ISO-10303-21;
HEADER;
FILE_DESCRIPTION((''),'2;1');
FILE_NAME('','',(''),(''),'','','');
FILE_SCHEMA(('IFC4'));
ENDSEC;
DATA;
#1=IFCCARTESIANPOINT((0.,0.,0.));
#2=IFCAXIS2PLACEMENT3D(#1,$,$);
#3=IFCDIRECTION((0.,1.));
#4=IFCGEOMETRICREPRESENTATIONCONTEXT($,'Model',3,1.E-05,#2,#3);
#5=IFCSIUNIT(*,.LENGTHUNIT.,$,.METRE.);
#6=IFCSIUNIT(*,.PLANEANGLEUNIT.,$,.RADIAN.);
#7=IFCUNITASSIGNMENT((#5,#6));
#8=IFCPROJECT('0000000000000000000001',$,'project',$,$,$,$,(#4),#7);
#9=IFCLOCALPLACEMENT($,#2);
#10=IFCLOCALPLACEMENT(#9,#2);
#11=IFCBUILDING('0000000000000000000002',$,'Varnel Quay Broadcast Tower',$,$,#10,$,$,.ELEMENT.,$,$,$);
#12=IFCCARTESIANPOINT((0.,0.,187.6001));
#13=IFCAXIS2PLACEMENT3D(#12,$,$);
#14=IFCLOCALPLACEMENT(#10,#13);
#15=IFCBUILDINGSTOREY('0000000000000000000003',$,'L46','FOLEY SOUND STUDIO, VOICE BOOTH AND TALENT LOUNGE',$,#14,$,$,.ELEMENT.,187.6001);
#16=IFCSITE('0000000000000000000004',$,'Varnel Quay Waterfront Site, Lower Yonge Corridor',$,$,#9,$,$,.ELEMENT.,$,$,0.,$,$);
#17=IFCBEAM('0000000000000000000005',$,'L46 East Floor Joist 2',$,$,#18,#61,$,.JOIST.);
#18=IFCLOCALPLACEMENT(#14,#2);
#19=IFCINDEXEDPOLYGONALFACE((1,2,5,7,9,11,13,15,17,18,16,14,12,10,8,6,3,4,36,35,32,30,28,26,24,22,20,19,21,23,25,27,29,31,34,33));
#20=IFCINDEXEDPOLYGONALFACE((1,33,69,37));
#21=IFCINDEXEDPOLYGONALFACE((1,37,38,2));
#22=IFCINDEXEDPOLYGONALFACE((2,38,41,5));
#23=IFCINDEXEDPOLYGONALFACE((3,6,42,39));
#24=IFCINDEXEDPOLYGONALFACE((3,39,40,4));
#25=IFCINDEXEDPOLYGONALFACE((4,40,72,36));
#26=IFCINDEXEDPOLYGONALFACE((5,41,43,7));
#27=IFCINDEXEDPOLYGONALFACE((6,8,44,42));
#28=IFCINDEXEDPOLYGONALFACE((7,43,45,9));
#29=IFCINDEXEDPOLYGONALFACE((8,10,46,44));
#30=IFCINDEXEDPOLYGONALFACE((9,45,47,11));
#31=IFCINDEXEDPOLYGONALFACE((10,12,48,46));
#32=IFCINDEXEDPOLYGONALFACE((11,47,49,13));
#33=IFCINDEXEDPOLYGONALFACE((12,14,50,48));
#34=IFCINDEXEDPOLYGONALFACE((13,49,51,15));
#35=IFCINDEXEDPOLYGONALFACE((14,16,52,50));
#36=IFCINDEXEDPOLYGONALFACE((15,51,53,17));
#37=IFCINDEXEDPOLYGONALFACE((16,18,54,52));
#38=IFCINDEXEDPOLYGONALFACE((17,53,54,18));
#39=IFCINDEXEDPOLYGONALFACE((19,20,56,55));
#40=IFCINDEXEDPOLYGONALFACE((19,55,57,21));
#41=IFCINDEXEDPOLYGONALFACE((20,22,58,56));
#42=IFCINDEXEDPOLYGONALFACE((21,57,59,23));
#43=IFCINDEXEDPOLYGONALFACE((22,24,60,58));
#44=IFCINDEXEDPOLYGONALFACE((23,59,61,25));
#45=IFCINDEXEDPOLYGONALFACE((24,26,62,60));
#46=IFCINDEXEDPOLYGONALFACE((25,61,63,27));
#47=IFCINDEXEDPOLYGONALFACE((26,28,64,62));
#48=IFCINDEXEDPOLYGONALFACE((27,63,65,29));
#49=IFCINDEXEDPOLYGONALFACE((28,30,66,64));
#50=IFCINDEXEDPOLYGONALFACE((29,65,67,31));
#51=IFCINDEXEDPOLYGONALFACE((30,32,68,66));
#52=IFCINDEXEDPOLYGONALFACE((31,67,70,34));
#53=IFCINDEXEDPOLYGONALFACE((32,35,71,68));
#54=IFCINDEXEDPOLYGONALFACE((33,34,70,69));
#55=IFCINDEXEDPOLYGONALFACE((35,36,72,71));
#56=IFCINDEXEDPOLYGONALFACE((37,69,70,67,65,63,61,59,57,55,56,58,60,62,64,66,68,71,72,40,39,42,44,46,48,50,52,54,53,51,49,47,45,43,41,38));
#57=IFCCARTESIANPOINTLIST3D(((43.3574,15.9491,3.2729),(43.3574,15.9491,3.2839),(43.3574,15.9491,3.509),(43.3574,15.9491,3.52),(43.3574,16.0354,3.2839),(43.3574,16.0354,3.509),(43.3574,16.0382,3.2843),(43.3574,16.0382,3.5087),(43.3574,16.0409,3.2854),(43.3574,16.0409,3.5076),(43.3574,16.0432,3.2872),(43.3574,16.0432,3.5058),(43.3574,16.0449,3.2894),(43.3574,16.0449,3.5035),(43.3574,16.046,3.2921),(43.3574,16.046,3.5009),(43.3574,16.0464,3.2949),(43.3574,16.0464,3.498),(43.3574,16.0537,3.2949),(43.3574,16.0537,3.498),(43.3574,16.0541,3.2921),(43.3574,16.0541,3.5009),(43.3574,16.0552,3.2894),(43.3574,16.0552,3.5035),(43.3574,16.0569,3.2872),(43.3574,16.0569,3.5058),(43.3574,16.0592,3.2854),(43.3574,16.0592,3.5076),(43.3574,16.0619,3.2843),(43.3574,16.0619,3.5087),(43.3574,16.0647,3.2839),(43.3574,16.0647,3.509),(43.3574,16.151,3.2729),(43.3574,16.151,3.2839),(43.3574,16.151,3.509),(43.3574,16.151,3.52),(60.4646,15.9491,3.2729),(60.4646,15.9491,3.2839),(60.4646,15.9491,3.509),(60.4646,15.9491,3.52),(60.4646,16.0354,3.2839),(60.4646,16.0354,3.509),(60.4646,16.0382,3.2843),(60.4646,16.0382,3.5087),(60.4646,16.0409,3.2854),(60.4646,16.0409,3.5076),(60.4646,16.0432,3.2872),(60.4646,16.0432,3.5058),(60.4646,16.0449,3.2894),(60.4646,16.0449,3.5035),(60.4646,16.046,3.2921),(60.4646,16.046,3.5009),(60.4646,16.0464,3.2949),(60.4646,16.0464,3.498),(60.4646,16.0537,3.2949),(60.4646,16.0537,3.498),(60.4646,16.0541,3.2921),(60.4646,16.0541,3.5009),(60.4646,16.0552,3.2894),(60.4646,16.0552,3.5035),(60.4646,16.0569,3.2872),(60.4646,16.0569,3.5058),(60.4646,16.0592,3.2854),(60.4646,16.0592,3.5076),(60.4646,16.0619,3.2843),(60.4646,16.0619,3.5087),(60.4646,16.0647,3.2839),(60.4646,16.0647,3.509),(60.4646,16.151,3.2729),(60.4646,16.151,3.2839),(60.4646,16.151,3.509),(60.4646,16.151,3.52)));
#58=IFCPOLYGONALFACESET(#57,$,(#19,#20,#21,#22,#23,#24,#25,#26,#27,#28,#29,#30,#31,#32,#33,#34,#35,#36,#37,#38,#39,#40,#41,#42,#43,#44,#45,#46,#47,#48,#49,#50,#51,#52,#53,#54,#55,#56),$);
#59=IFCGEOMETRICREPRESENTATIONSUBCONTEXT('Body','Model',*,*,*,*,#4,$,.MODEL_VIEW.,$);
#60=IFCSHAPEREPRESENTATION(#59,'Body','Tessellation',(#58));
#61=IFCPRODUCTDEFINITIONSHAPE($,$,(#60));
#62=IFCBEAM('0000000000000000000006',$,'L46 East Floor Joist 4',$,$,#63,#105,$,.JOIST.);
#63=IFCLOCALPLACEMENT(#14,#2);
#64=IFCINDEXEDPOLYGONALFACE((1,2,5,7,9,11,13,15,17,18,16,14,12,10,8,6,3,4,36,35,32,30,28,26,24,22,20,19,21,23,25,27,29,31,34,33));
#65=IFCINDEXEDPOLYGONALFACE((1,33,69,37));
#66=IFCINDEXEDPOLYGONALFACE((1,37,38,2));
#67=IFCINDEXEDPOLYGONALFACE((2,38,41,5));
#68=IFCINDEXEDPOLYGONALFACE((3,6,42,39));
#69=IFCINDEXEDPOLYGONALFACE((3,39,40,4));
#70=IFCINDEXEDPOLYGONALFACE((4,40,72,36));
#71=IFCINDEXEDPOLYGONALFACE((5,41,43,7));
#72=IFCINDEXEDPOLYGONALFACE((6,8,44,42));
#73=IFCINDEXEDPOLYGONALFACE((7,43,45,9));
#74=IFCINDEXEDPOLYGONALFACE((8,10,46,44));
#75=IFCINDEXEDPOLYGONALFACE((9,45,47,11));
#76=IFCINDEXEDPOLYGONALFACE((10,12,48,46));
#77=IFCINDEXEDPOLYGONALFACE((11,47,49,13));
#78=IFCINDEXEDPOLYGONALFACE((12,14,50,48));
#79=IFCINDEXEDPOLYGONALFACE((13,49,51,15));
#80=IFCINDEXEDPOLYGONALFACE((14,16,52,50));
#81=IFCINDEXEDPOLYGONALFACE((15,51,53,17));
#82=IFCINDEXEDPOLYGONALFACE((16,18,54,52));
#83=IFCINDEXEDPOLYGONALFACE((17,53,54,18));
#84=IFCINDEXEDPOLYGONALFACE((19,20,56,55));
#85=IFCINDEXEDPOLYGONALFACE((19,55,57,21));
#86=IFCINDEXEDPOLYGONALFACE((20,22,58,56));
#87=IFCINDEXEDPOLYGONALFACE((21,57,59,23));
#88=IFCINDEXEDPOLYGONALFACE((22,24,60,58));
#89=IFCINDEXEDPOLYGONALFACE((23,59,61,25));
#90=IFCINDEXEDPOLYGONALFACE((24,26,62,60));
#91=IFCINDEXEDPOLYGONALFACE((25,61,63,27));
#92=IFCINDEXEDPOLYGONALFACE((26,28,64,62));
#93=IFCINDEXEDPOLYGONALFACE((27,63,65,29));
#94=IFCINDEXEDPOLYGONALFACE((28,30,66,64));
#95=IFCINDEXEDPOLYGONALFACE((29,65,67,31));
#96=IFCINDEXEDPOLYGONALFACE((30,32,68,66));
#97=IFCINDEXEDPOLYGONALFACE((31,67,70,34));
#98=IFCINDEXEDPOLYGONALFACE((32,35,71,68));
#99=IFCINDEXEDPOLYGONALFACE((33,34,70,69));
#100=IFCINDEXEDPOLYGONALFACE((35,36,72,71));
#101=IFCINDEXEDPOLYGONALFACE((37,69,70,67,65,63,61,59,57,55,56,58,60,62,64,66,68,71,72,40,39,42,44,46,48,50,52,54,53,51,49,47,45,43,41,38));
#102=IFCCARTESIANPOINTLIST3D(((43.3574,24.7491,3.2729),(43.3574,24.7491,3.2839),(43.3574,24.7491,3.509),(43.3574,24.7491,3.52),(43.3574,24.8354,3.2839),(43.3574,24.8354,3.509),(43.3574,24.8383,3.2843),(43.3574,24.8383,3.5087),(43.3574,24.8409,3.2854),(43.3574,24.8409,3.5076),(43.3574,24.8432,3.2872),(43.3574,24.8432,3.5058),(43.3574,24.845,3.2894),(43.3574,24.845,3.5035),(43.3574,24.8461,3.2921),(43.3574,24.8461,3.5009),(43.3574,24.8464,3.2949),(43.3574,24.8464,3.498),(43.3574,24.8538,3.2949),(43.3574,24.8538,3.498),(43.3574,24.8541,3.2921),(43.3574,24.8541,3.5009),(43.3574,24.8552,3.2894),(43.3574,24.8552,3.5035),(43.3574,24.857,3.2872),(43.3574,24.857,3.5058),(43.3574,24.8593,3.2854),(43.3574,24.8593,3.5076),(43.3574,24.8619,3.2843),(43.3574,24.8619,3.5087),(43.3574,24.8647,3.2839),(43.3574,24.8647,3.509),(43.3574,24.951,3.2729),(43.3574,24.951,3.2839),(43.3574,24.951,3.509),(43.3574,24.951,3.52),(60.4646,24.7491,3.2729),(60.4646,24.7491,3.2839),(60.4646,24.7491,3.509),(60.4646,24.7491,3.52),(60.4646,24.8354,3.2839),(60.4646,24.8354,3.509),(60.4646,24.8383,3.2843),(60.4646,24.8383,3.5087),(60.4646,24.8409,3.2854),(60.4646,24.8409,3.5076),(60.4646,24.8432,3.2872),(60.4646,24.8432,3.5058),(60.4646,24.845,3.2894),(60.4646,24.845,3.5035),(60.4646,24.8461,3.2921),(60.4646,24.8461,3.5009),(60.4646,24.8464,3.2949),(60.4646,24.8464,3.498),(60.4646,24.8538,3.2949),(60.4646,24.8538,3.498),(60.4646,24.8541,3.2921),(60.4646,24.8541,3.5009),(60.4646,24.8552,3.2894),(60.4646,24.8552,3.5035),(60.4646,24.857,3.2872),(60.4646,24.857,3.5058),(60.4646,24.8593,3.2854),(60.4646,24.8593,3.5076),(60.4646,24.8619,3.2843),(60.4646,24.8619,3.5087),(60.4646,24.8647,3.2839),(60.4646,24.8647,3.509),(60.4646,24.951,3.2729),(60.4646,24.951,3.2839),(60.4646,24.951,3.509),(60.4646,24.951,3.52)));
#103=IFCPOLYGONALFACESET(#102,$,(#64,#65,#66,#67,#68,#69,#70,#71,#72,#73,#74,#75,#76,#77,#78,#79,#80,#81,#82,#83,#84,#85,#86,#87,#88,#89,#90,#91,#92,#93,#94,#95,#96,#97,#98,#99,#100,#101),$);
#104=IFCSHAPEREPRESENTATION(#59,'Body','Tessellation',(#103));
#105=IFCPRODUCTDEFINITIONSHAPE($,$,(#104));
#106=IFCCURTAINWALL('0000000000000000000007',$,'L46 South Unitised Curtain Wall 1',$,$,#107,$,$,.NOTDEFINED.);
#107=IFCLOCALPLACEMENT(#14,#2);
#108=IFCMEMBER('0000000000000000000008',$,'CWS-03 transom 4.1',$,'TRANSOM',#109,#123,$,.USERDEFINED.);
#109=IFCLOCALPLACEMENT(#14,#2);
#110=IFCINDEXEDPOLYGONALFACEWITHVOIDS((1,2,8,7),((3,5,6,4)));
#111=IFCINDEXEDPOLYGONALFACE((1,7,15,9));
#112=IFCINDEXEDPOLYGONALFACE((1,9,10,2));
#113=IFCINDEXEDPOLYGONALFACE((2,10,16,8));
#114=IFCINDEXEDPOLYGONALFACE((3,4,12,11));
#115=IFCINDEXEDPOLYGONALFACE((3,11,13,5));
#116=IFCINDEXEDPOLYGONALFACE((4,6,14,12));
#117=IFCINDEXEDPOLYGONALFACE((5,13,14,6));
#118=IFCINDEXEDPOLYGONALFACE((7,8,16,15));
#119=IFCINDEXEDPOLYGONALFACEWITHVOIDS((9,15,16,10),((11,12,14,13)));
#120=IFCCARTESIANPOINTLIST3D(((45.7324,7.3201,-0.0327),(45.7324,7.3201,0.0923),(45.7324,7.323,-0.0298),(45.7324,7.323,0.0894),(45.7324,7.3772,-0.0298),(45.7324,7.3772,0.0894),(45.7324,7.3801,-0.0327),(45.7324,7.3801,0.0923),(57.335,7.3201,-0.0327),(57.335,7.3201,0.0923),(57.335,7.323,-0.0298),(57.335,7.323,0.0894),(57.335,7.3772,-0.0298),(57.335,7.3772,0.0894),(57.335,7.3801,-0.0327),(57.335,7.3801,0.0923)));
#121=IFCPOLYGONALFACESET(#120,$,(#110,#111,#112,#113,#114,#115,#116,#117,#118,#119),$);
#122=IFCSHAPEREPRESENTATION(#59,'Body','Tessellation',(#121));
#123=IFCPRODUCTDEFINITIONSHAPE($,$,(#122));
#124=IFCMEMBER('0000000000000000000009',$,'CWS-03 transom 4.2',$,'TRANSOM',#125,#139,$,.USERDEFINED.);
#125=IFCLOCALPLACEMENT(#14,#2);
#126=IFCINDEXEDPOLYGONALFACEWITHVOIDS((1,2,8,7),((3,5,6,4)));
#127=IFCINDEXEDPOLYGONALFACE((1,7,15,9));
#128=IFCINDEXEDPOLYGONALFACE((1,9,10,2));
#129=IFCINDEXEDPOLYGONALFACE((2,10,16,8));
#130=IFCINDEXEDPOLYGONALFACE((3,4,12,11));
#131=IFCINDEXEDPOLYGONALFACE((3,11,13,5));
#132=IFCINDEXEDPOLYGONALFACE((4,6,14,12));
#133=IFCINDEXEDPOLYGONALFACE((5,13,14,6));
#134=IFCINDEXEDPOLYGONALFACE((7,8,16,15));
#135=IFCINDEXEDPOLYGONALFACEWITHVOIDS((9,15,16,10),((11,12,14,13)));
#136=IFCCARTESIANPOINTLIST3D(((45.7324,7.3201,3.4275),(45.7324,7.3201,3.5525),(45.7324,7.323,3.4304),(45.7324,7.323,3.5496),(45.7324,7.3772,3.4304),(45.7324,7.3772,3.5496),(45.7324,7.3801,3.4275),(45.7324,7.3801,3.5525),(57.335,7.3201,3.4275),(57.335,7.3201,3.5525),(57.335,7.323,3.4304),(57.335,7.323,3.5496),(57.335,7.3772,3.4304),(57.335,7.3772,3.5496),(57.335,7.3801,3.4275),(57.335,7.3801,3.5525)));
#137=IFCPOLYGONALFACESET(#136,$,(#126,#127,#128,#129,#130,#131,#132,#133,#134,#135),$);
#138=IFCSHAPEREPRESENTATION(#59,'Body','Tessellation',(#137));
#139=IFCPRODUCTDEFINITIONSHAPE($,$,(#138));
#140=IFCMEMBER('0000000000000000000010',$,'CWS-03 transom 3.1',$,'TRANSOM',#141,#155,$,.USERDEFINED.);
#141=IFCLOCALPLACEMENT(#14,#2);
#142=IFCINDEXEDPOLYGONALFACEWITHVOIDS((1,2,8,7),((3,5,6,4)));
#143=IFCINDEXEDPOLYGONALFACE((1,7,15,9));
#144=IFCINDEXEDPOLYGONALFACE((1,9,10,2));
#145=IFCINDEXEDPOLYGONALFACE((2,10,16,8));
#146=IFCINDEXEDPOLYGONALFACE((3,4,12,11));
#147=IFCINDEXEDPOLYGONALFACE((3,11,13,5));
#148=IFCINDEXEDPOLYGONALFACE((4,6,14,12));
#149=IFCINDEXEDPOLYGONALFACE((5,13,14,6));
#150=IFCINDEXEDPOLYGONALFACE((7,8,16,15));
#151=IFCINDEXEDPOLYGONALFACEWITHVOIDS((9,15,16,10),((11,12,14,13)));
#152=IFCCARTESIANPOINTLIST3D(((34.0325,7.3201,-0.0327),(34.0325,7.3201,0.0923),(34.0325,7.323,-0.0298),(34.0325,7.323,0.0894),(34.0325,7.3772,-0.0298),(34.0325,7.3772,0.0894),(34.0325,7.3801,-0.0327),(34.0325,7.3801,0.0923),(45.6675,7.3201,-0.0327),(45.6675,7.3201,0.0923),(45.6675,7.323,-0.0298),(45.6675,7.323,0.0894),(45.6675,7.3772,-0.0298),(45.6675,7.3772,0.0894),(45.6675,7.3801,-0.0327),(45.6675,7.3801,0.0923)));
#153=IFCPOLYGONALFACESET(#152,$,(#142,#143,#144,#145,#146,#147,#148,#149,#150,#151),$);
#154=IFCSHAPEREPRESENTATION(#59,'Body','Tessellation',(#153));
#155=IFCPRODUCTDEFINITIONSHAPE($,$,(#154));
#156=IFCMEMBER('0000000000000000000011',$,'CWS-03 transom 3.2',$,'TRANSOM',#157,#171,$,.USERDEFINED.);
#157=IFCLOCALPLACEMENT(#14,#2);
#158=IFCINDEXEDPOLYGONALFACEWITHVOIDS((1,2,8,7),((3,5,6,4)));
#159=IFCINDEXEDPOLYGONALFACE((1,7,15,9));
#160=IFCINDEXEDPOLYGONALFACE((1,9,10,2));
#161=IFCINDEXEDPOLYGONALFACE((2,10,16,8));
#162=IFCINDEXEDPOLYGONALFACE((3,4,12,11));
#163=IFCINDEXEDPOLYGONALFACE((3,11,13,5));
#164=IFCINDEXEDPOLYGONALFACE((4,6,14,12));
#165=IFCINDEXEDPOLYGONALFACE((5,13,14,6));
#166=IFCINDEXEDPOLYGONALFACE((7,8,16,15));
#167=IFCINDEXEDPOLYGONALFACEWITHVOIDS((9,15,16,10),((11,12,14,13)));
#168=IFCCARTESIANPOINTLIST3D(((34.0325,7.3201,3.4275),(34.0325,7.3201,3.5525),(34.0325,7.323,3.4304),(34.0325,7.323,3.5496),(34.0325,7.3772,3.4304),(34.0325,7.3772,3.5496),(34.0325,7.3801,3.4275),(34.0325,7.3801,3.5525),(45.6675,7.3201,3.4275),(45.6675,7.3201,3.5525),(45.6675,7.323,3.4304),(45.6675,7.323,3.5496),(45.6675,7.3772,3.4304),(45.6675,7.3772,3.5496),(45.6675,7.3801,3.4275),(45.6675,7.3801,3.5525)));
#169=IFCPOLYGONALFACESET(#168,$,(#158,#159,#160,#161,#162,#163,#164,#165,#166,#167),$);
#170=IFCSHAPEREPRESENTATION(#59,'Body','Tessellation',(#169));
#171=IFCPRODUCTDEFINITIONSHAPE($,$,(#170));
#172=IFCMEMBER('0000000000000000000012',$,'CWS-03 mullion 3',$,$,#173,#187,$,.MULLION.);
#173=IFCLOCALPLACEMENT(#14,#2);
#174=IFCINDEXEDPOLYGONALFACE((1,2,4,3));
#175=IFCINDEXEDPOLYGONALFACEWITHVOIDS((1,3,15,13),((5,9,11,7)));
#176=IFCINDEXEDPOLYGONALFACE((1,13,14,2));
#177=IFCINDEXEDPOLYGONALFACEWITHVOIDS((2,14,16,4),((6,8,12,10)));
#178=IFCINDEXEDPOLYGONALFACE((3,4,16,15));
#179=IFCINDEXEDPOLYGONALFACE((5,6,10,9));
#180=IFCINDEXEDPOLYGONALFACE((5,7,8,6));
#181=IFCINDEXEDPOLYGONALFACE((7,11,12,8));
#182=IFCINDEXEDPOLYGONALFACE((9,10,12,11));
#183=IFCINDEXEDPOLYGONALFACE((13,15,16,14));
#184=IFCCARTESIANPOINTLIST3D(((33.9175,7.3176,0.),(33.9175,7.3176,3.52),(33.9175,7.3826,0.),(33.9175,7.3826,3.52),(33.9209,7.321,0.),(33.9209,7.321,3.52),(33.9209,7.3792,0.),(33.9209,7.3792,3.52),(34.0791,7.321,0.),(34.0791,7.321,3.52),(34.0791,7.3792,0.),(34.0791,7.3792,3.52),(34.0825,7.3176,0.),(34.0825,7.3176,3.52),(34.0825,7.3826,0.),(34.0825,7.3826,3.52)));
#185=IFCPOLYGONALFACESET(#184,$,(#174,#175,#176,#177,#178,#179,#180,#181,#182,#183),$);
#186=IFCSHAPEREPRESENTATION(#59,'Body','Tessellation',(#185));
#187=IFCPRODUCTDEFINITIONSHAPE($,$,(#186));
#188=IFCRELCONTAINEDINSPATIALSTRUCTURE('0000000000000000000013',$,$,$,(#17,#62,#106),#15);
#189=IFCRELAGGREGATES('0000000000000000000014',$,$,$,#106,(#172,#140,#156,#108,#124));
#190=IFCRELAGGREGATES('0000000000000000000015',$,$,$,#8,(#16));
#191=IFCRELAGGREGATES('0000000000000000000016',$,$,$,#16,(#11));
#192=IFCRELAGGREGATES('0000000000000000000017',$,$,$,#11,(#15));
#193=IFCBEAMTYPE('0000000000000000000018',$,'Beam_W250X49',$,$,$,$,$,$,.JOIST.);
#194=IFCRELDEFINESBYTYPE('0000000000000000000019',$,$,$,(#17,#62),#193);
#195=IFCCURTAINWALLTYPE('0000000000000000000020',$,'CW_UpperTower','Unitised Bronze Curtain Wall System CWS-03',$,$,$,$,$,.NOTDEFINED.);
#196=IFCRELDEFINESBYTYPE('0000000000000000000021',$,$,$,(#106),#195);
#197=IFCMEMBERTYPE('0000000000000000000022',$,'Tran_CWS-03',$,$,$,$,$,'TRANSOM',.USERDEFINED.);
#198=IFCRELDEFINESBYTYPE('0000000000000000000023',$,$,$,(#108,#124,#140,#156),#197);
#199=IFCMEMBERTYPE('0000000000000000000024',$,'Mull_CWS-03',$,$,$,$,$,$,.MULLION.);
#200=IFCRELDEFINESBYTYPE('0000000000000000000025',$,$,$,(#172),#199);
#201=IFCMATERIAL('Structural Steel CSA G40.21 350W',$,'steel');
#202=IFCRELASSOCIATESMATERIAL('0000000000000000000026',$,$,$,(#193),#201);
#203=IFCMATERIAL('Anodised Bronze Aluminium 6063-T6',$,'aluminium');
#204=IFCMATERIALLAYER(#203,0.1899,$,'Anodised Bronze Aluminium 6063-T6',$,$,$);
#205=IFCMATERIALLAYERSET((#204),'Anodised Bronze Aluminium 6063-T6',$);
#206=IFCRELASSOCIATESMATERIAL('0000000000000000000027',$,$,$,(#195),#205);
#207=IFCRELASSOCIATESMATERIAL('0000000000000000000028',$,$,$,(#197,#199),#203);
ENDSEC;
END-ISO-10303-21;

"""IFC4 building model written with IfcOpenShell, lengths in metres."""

from ifc_helpers import new_model, si_unit, direction, frame, origin, origin_2d, place, context, subcontext, project, spatial, hollow_rectangle, i_section, extrude, source, transform, mapped, material, layer, layer_set, material_profile, profile_set, type_object, type_shapes, element, aggregate, save


model = new_model("IFC4")

# Units and contexts
model_context = context("Model", 3, precision=1e-05, world=origin(), true_north=direction((0.0, 1.0)))
body_context = subcontext(model_context, "Body", "Model", "MODEL_VIEW")
ifc_project = project(units=[si_unit("LENGTHUNIT", "METRE"), si_unit("PLANEANGLEUNIT", "RADIAN")], contexts=[model_context])

# Site, building, storey
site_placement = place(None, origin())
site = spatial("IfcSite", under=ifc_project, at=site_placement, Name="Varnel Quay Waterfront Site, Lower Yonge Corridor", CompositionType="ELEMENT", RefElevation=0.0)
building_placement = place(site_placement, origin())
building = spatial("IfcBuilding", under=site, at=building_placement, Name="Varnel Quay Broadcast Tower", CompositionType="ELEMENT")
storey_placement = place(building_placement, frame((0.0, 0.0, 187.6001)))
storey = spatial("IfcBuildingStorey", under=building, at=storey_placement, Name="L46", Description="FOLEY SOUND STUDIO, VOICE BOOTH AND TALENT LOUNGE", CompositionType="ELEMENT", Elevation=187.6001)

# Shared definitions
ifc_material_1 = material(Name="Structural Steel CSA G40.21 350W", Category="steel")

# Beams
ifc_material_profile_1 = material_profile(ifc_material_1, i_section(OverallWidth=0.2019, OverallDepth=0.2471, WebThickness=0.0073, FlangeThickness=0.011, FilletRadius=0.011, at=origin_2d()), Name="W250X49")
ifc_profile_set_1 = profile_set([ifc_material_profile_1], Name="Structural Steel CSA G40.21 350W")
beam_type_1 = type_object("IfcBeamType", Name="Beam_W250X49", PredefinedType="JOIST", material=ifc_profile_set_1)
shared_shape_1 = source(origin(), body_context, "Body", "SweptSolid", [
    extrude(i_section(OverallWidth=0.2019, OverallDepth=0.2471, WebThickness=0.0073, FlangeThickness=0.011, FilletRadius=0.011, at=origin_2d()), origin(), (0.0, 0.0, 1.0), 17.1072),
])
type_shapes(beam_type_1, [shared_shape_1])
for number, where, z_axis, x_axis, name in (
    (1, (43.3574, 16.05, 3.3965), (1.0, 0.0, 0.0), (0.0, 1.0, 0.0), "L46 East Floor Joist 2"),
    (2, (43.3574, 24.8501, 3.3965), (1.0, 0.0, 0.0), (0.0, 1.0, 0.0), "L46 East Floor Joist 4"),
):
    element("IfcBeam", number, at=place(storey_placement, frame(where, z_axis=z_axis, x_axis=x_axis)), inside=storey, type_object=beam_type_1, Name=name, PredefinedType="JOIST", context=body_context, shape_type="MappedRepresentation", body=[
        mapped(shared_shape_1, transform((0.0, 0.0, 0.0), x_axis=(1.0, 0.0, 0.0), y_axis=(0.0, 1.0, 0.0), z_axis=(0.0, 0.0, 1.0), scale=1.0)),
    ])

# Curtain wall, members
ifc_material_2 = material(Name="Anodised Bronze Aluminium 6063-T6", Category="aluminium")
ifc_layer_1 = layer(ifc_material_2, 0.1899, Name="Anodised Bronze Aluminium 6063-T6")
ifc_layer_set_1 = layer_set([ifc_layer_1], Name="Anodised Bronze Aluminium 6063-T6")
curtain_wall_type = type_object("IfcCurtainWallType", Name="CW_UpperTower", Description="Unitised Bronze Curtain Wall System CWS-03", PredefinedType="NOTDEFINED", material=ifc_layer_set_1)
curtain_wall_placement = place(storey_placement, origin())
curtain_wall = element("IfcCurtainWall", 3, at=curtain_wall_placement, inside=storey, type_object=curtain_wall_type, Name="L46 South Unitised Curtain Wall 1", PredefinedType="NOTDEFINED")
ifc_material_profile_2 = material_profile(ifc_material_2, hollow_rectangle(XDim=0.0601, YDim=0.125, WallThickness=0.0029, at=origin_2d()), Name="ALU60X125X3")
ifc_profile_set_2 = profile_set([ifc_material_profile_2], Name="Anodised Bronze Aluminium 6063-T6")
member_type_1 = type_object("IfcMemberType", Name="Tran_CWS-03", ElementType="TRANSOM", PredefinedType="USERDEFINED", material=ifc_profile_set_2)
shared_shape_2 = source(origin(), body_context, "Body", "SweptSolid", [
    extrude(hollow_rectangle(XDim=0.0601, YDim=0.125, WallThickness=0.0029, at=origin_2d()), origin(), (0.0, 0.0, 1.0), 11.6025),
])
member_1_placement = place(storey_placement, frame((45.7324, 7.3501, 0.0298), z_axis=(1.0, 0.0, 0.0), x_axis=(0.0, 1.0, 0.0)))
member_1 = element("IfcMember", 4, at=member_1_placement, type_object=member_type_1, Name="CWS-03 transom 4.1", ObjectType="TRANSOM", PredefinedType="USERDEFINED", context=body_context, shape_type="MappedRepresentation", body=[
    mapped(shared_shape_2, transform((0.0, 0.0, 0.0), x_axis=(1.0, 0.0, 0.0), y_axis=(0.0, 1.0, 0.0), z_axis=(0.0, 0.0, 1.0), scale=1.0)),
])
member_2_placement = place(storey_placement, frame((45.7324, 7.3501, 3.49), z_axis=(1.0, 0.0, 0.0), x_axis=(0.0, 1.0, 0.0)))
member_2 = element("IfcMember", 5, at=member_2_placement, type_object=member_type_1, Name="CWS-03 transom 4.2", ObjectType="TRANSOM", PredefinedType="USERDEFINED", context=body_context, shape_type="MappedRepresentation", body=[
    mapped(shared_shape_2, transform((0.0, 0.0, 0.0), x_axis=(1.0, 0.0, 0.0), y_axis=(0.0, 1.0, 0.0), z_axis=(0.0, 0.0, 1.0), scale=1.0)),
])
shared_shape_3 = source(origin(), body_context, "Body", "SweptSolid", [
    extrude(hollow_rectangle(XDim=0.0601, YDim=0.125, WallThickness=0.0029, at=origin_2d()), origin(), (0.0, 0.0, 1.0), 11.635),
])
type_shapes(member_type_1, [shared_shape_2, shared_shape_3])
member_3_placement = place(storey_placement, frame((34.0325, 7.3501, 0.0298), z_axis=(1.0, 0.0, 0.0), x_axis=(0.0, 1.0, 0.0)))
member_3 = element("IfcMember", 6, at=member_3_placement, type_object=member_type_1, Name="CWS-03 transom 3.1", ObjectType="TRANSOM", PredefinedType="USERDEFINED", context=body_context, shape_type="MappedRepresentation", body=[
    mapped(shared_shape_3, transform((0.0, 0.0, 0.0), x_axis=(1.0, 0.0, 0.0), y_axis=(0.0, 1.0, 0.0), z_axis=(0.0, 0.0, 1.0), scale=1.0)),
])
member_4_placement = place(storey_placement, frame((34.0325, 7.3501, 3.49), z_axis=(1.0, 0.0, 0.0), x_axis=(0.0, 1.0, 0.0)))
member_4 = element("IfcMember", 7, at=member_4_placement, type_object=member_type_1, Name="CWS-03 transom 3.2", ObjectType="TRANSOM", PredefinedType="USERDEFINED", context=body_context, shape_type="MappedRepresentation", body=[
    mapped(shared_shape_3, transform((0.0, 0.0, 0.0), x_axis=(1.0, 0.0, 0.0), y_axis=(0.0, 1.0, 0.0), z_axis=(0.0, 0.0, 1.0), scale=1.0)),
])
ifc_material_profile_3 = material_profile(ifc_material_2, hollow_rectangle(XDim=0.0649, YDim=0.165, WallThickness=0.0034, at=origin_2d()), Name="ALU65X165X3.5")
ifc_profile_set_3 = profile_set([ifc_material_profile_3], Name="Anodised Bronze Aluminium 6063-T6")
member_type_2 = type_object("IfcMemberType", Name="Mull_CWS-03", PredefinedType="MULLION", material=ifc_profile_set_3)
shared_shape_4 = source(origin(), body_context, "Body", "SweptSolid", [
    extrude(hollow_rectangle(XDim=0.0649, YDim=0.165, WallThickness=0.0034, at=origin_2d()), origin(), (0.0, 0.0, 1.0), 3.52),
])
type_shapes(member_type_2, [shared_shape_4])
member_5_placement = place(storey_placement, frame((34.0, 7.3501, 0.0), z_axis=(0.0, 0.0, 1.0), x_axis=(0.0, 1.0, 0.0)))
member_5 = element("IfcMember", 8, at=member_5_placement, type_object=member_type_2, Name="CWS-03 mullion 3", PredefinedType="MULLION", context=body_context, shape_type="MappedRepresentation", body=[
    mapped(shared_shape_4, transform((0.0, 0.0, 0.0), x_axis=(1.0, 0.0, 0.0), y_axis=(0.0, 1.0, 0.0), z_axis=(0.0, 0.0, 1.0), scale=1.0)),
])

aggregate(curtain_wall, [member_5, member_3, member_4, member_1, member_2])

save(model, "model.ifc")
